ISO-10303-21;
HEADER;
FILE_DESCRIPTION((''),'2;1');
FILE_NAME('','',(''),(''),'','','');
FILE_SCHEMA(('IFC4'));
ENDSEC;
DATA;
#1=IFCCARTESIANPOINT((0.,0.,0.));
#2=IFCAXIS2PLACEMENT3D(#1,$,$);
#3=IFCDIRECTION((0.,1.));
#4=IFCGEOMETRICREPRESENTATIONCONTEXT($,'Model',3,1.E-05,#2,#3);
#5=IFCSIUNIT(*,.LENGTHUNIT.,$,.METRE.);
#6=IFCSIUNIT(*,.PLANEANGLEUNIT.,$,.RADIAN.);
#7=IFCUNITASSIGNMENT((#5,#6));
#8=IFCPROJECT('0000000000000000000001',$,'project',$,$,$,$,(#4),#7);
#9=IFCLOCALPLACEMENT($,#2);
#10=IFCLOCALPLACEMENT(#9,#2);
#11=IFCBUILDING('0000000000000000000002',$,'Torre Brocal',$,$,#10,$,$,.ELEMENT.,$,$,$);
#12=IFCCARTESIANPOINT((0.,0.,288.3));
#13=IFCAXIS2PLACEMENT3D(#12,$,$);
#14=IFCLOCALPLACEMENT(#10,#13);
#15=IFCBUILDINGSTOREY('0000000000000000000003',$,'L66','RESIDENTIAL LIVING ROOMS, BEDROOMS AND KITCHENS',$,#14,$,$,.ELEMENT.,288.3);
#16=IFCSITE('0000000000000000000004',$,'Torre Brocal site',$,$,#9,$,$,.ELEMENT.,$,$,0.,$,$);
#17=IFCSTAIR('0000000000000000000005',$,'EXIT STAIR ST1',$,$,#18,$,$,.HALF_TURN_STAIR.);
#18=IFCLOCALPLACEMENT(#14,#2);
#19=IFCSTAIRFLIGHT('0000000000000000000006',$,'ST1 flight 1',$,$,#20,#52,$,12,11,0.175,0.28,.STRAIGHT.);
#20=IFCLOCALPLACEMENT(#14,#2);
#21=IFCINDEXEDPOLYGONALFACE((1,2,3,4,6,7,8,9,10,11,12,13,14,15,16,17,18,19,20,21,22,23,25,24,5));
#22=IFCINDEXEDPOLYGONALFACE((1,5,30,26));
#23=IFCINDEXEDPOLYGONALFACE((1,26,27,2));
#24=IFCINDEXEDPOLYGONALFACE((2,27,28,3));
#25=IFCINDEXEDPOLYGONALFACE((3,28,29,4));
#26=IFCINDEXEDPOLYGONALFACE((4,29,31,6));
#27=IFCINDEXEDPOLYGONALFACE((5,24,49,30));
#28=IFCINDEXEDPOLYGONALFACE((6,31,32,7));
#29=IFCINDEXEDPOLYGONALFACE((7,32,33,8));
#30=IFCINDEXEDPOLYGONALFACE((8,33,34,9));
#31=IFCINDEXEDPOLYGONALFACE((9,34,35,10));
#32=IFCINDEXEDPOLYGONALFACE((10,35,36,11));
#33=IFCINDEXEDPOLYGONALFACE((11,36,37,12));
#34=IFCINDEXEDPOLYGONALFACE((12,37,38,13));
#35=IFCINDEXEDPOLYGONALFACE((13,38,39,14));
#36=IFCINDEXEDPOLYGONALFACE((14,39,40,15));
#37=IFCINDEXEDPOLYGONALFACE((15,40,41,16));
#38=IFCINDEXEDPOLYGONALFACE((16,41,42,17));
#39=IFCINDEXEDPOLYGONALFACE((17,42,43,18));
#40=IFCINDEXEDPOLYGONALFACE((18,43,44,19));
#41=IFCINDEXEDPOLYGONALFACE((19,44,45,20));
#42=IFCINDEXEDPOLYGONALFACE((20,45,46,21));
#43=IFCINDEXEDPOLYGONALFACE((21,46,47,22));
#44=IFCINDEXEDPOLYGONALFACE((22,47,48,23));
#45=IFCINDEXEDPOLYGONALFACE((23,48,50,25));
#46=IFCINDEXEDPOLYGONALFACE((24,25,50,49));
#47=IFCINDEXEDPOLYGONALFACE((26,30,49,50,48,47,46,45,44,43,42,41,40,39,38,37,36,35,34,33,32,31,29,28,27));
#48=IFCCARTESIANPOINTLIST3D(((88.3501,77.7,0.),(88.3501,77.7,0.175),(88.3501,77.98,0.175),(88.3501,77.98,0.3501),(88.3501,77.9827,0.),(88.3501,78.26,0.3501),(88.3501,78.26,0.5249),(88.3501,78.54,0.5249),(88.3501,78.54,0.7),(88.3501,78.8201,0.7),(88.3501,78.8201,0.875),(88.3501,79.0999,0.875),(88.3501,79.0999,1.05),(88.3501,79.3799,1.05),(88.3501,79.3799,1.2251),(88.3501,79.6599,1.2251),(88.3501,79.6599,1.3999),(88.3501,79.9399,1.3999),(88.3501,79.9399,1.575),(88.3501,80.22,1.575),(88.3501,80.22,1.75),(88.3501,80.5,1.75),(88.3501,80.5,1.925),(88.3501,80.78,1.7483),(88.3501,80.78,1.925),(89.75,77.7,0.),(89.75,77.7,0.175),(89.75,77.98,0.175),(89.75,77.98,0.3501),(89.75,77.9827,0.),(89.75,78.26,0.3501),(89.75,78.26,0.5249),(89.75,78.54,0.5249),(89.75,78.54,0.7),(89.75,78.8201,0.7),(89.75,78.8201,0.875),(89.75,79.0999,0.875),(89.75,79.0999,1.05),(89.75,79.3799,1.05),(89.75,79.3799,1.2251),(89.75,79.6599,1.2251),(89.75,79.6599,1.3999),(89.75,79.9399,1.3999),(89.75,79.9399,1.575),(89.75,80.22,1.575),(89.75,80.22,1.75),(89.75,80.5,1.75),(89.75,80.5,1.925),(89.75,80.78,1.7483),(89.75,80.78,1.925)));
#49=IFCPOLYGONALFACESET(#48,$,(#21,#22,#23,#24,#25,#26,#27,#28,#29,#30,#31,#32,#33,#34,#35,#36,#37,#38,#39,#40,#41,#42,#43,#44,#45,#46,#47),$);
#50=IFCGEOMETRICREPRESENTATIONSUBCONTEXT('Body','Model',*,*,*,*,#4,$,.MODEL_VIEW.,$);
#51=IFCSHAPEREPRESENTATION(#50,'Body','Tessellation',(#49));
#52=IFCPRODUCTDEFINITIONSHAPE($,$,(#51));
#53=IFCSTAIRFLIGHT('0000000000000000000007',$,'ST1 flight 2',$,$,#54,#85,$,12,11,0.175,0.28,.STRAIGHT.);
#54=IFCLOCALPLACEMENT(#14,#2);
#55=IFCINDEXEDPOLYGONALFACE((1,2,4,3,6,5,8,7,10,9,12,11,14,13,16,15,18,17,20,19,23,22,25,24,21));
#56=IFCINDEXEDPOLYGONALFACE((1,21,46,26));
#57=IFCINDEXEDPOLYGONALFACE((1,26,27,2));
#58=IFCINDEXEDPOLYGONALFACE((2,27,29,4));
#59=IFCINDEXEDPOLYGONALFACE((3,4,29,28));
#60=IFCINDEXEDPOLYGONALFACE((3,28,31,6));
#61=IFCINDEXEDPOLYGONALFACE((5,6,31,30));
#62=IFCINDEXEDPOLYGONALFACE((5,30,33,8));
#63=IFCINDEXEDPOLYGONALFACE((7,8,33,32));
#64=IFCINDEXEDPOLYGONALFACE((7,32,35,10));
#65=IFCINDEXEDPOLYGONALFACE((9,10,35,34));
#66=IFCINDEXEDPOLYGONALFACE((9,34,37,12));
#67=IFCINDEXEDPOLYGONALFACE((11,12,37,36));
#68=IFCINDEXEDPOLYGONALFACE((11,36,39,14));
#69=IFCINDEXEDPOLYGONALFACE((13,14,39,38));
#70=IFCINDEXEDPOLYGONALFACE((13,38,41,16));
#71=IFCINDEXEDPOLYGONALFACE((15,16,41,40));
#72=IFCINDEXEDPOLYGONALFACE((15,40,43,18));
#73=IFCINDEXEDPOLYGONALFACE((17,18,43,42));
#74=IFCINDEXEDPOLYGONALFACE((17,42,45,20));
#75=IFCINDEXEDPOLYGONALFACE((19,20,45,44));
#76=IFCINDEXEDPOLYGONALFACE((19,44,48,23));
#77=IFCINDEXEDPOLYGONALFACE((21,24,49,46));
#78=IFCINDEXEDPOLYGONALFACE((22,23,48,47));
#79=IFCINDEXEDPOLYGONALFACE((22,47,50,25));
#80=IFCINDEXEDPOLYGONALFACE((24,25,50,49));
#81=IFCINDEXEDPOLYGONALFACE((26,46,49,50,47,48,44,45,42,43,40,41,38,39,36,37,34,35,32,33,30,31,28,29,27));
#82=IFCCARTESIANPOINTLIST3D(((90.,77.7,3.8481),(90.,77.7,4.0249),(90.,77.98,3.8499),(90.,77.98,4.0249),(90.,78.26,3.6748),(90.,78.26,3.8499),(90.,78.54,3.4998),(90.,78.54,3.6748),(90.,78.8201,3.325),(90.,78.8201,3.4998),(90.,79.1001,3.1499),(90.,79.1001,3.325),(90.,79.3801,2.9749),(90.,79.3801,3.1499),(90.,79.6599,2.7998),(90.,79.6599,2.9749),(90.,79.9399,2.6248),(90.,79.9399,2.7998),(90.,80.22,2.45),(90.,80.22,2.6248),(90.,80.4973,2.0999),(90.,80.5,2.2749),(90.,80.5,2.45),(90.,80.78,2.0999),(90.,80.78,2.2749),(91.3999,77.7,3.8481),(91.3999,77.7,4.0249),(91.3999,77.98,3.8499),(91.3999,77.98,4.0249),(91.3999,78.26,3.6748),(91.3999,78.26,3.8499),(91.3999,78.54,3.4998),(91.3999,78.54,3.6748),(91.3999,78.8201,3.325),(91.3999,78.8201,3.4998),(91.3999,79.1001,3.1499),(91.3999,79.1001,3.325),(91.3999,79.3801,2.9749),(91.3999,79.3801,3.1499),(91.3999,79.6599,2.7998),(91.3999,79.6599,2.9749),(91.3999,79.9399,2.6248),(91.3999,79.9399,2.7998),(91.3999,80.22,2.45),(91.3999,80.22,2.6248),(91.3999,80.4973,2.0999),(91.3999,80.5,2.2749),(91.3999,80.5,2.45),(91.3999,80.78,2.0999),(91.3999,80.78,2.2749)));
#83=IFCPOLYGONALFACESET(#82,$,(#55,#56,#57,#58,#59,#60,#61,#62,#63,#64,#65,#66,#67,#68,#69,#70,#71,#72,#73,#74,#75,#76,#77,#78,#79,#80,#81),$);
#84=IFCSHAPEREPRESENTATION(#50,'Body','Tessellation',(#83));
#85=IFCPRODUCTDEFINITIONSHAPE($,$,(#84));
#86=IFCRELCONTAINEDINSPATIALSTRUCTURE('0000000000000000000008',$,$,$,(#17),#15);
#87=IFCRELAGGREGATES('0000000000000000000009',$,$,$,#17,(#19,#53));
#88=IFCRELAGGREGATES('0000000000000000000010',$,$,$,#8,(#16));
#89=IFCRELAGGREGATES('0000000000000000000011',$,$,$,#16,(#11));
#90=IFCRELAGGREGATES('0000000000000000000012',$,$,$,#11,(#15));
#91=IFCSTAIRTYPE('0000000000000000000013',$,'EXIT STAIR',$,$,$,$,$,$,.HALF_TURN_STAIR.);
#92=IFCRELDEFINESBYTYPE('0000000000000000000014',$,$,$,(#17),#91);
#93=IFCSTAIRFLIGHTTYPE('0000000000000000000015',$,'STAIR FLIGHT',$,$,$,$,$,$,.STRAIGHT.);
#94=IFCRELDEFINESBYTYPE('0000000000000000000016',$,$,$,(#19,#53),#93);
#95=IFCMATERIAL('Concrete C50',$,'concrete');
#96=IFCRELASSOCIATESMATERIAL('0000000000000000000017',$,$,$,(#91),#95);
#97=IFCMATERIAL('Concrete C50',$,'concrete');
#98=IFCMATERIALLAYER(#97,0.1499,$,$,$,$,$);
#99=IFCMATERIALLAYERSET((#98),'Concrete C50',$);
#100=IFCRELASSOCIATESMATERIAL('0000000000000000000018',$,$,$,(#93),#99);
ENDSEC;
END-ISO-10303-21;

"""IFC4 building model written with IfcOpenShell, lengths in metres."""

from ifc_helpers import new_model, si_unit, direction, frame, origin, place, context, subcontext, project, spatial, polyline, outline, extrude, material, layer, layer_set, type_object, element, aggregate, save


model = new_model("IFC4")

# Units and contexts
model_context = context("Model", 3, precision=1e-05, world=origin(), true_north=direction((0.0, 1.0)))
body_context = subcontext(model_context, "Body", "Model", "MODEL_VIEW")
ifc_project = project(units=[si_unit("LENGTHUNIT", "METRE"), si_unit("PLANEANGLEUNIT", "RADIAN")], contexts=[model_context])

# Site, building, storey
site_placement = place(None, origin())
site = spatial("IfcSite", under=ifc_project, at=site_placement, Name="Torre Brocal site", CompositionType="ELEMENT", RefElevation=0.0)
building_placement = place(site_placement, origin())
building = spatial("IfcBuilding", under=site, at=building_placement, Name="Torre Brocal", CompositionType="ELEMENT")
storey_placement = place(building_placement, frame((0.0, 0.0, 288.3)))
storey = spatial("IfcBuildingStorey", under=building, at=storey_placement, Name="L66", Description="RESIDENTIAL LIVING ROOMS, BEDROOMS AND KITCHENS", CompositionType="ELEMENT", Elevation=288.3)

# Stair, stair flights
ifc_material_1 = material(Name="Concrete C50", Category="concrete")
stair_type = type_object("IfcStairType", Name="EXIT STAIR", PredefinedType="HALF_TURN_STAIR", material=ifc_material_1)
stair_placement = place(storey_placement, origin())
stair = element("IfcStair", 1, at=stair_placement, inside=storey, type_object=stair_type, Name="EXIT STAIR ST1", PredefinedType="HALF_TURN_STAIR")
ifc_material_2 = material(Name="Concrete C50", Category="concrete")
ifc_layer_1 = layer(ifc_material_2, 0.1499)
ifc_layer_set_1 = layer_set([ifc_layer_1], Name="Concrete C50")
stair_flight_type = type_object("IfcStairFlightType", Name="STAIR FLIGHT", PredefinedType="STRAIGHT", material=ifc_layer_set_1)
stair_flight_1_placement = place(storey_placement, frame((89.05, 77.7, 0.0), z_axis=(0.0, 0.0, 1.0), x_axis=(0.0, 1.0, 0.0)))
stair_flight_1 = element("IfcStairFlight", 2, at=stair_flight_1_placement, type_object=stair_flight_type, Name="ST1 flight 1", NumberOfRisers=12, NumberOfTreads=11, PredefinedType="STRAIGHT", RiserHeight=0.175, TreadLength=0.28, context=body_context, shape_type="SweptSolid", body=[
    extrude(outline(polyline([(0.0, 0.0), (0.0, 0.175), (0.28, 0.175), (0.28, 0.3501), (0.5601, 0.3501), (0.5601, 0.5249), (0.8401, 0.5249), (0.8401, 0.7), (1.1201, 0.7), (1.1201, 0.875), (1.3999, 0.875), (1.3999, 1.05), (1.6799, 1.05), (1.6799, 1.2251), (1.96, 1.2251), (1.96, 1.3999), (2.24, 1.3999), (2.24, 1.575), (2.52, 1.575), (2.52, 1.75), (2.8, 1.75), (2.8, 1.925), (3.0801, 1.925), (3.0801, 2.1001), (3.0801, 1.7483), (0.2827, 0.0), (0.0, 0.0)])), frame((0.0, 0.7, 0.0), z_axis=(0.0, -1.0, 0.0), x_axis=(1.0, 0.0, 0.0)), (0.0, 0.0, 1.0), 1.3999),
])
stair_flight_2_placement = place(storey_placement, frame((90.7, 80.78, 2.0999), z_axis=(0.0, 0.0, 1.0), x_axis=(0.0, -1.0, 0.0)))
stair_flight_2 = element("IfcStairFlight", 3, at=stair_flight_2_placement, type_object=stair_flight_type, Name="ST1 flight 2", NumberOfRisers=12, NumberOfTreads=11, PredefinedType="STRAIGHT", RiserHeight=0.175, TreadLength=0.28, context=body_context, shape_type="SweptSolid", body=[
    extrude(outline(polyline([(0.0, 0.0), (0.0, 0.175), (0.28, 0.175), (0.28, 0.3501), (0.5601, 0.3501), (0.5601, 0.5249), (0.8401, 0.5249), (0.8401, 0.7), (1.1201, 0.7), (1.1201, 0.875), (1.3999, 0.875), (1.3999, 1.05), (1.6799, 1.05), (1.6799, 1.2251), (1.96, 1.2251), (1.96, 1.3999), (2.24, 1.3999), (2.24, 1.575), (2.52, 1.575), (2.52, 1.75), (2.8, 1.75), (2.8, 1.925), (3.0801, 1.925), (3.0801, 2.1001), (3.0801, 1.7483), (0.2827, 0.0), (0.0, 0.0)])), frame((0.0, 0.7, 0.0), z_axis=(0.0, -1.0, 0.0), x_axis=(1.0, 0.0, 0.0)), (0.0, 0.0, 1.0), 1.3999),
])
aggregate(stair, [stair_flight_1, stair_flight_2])

save(model, "model.ifc")
